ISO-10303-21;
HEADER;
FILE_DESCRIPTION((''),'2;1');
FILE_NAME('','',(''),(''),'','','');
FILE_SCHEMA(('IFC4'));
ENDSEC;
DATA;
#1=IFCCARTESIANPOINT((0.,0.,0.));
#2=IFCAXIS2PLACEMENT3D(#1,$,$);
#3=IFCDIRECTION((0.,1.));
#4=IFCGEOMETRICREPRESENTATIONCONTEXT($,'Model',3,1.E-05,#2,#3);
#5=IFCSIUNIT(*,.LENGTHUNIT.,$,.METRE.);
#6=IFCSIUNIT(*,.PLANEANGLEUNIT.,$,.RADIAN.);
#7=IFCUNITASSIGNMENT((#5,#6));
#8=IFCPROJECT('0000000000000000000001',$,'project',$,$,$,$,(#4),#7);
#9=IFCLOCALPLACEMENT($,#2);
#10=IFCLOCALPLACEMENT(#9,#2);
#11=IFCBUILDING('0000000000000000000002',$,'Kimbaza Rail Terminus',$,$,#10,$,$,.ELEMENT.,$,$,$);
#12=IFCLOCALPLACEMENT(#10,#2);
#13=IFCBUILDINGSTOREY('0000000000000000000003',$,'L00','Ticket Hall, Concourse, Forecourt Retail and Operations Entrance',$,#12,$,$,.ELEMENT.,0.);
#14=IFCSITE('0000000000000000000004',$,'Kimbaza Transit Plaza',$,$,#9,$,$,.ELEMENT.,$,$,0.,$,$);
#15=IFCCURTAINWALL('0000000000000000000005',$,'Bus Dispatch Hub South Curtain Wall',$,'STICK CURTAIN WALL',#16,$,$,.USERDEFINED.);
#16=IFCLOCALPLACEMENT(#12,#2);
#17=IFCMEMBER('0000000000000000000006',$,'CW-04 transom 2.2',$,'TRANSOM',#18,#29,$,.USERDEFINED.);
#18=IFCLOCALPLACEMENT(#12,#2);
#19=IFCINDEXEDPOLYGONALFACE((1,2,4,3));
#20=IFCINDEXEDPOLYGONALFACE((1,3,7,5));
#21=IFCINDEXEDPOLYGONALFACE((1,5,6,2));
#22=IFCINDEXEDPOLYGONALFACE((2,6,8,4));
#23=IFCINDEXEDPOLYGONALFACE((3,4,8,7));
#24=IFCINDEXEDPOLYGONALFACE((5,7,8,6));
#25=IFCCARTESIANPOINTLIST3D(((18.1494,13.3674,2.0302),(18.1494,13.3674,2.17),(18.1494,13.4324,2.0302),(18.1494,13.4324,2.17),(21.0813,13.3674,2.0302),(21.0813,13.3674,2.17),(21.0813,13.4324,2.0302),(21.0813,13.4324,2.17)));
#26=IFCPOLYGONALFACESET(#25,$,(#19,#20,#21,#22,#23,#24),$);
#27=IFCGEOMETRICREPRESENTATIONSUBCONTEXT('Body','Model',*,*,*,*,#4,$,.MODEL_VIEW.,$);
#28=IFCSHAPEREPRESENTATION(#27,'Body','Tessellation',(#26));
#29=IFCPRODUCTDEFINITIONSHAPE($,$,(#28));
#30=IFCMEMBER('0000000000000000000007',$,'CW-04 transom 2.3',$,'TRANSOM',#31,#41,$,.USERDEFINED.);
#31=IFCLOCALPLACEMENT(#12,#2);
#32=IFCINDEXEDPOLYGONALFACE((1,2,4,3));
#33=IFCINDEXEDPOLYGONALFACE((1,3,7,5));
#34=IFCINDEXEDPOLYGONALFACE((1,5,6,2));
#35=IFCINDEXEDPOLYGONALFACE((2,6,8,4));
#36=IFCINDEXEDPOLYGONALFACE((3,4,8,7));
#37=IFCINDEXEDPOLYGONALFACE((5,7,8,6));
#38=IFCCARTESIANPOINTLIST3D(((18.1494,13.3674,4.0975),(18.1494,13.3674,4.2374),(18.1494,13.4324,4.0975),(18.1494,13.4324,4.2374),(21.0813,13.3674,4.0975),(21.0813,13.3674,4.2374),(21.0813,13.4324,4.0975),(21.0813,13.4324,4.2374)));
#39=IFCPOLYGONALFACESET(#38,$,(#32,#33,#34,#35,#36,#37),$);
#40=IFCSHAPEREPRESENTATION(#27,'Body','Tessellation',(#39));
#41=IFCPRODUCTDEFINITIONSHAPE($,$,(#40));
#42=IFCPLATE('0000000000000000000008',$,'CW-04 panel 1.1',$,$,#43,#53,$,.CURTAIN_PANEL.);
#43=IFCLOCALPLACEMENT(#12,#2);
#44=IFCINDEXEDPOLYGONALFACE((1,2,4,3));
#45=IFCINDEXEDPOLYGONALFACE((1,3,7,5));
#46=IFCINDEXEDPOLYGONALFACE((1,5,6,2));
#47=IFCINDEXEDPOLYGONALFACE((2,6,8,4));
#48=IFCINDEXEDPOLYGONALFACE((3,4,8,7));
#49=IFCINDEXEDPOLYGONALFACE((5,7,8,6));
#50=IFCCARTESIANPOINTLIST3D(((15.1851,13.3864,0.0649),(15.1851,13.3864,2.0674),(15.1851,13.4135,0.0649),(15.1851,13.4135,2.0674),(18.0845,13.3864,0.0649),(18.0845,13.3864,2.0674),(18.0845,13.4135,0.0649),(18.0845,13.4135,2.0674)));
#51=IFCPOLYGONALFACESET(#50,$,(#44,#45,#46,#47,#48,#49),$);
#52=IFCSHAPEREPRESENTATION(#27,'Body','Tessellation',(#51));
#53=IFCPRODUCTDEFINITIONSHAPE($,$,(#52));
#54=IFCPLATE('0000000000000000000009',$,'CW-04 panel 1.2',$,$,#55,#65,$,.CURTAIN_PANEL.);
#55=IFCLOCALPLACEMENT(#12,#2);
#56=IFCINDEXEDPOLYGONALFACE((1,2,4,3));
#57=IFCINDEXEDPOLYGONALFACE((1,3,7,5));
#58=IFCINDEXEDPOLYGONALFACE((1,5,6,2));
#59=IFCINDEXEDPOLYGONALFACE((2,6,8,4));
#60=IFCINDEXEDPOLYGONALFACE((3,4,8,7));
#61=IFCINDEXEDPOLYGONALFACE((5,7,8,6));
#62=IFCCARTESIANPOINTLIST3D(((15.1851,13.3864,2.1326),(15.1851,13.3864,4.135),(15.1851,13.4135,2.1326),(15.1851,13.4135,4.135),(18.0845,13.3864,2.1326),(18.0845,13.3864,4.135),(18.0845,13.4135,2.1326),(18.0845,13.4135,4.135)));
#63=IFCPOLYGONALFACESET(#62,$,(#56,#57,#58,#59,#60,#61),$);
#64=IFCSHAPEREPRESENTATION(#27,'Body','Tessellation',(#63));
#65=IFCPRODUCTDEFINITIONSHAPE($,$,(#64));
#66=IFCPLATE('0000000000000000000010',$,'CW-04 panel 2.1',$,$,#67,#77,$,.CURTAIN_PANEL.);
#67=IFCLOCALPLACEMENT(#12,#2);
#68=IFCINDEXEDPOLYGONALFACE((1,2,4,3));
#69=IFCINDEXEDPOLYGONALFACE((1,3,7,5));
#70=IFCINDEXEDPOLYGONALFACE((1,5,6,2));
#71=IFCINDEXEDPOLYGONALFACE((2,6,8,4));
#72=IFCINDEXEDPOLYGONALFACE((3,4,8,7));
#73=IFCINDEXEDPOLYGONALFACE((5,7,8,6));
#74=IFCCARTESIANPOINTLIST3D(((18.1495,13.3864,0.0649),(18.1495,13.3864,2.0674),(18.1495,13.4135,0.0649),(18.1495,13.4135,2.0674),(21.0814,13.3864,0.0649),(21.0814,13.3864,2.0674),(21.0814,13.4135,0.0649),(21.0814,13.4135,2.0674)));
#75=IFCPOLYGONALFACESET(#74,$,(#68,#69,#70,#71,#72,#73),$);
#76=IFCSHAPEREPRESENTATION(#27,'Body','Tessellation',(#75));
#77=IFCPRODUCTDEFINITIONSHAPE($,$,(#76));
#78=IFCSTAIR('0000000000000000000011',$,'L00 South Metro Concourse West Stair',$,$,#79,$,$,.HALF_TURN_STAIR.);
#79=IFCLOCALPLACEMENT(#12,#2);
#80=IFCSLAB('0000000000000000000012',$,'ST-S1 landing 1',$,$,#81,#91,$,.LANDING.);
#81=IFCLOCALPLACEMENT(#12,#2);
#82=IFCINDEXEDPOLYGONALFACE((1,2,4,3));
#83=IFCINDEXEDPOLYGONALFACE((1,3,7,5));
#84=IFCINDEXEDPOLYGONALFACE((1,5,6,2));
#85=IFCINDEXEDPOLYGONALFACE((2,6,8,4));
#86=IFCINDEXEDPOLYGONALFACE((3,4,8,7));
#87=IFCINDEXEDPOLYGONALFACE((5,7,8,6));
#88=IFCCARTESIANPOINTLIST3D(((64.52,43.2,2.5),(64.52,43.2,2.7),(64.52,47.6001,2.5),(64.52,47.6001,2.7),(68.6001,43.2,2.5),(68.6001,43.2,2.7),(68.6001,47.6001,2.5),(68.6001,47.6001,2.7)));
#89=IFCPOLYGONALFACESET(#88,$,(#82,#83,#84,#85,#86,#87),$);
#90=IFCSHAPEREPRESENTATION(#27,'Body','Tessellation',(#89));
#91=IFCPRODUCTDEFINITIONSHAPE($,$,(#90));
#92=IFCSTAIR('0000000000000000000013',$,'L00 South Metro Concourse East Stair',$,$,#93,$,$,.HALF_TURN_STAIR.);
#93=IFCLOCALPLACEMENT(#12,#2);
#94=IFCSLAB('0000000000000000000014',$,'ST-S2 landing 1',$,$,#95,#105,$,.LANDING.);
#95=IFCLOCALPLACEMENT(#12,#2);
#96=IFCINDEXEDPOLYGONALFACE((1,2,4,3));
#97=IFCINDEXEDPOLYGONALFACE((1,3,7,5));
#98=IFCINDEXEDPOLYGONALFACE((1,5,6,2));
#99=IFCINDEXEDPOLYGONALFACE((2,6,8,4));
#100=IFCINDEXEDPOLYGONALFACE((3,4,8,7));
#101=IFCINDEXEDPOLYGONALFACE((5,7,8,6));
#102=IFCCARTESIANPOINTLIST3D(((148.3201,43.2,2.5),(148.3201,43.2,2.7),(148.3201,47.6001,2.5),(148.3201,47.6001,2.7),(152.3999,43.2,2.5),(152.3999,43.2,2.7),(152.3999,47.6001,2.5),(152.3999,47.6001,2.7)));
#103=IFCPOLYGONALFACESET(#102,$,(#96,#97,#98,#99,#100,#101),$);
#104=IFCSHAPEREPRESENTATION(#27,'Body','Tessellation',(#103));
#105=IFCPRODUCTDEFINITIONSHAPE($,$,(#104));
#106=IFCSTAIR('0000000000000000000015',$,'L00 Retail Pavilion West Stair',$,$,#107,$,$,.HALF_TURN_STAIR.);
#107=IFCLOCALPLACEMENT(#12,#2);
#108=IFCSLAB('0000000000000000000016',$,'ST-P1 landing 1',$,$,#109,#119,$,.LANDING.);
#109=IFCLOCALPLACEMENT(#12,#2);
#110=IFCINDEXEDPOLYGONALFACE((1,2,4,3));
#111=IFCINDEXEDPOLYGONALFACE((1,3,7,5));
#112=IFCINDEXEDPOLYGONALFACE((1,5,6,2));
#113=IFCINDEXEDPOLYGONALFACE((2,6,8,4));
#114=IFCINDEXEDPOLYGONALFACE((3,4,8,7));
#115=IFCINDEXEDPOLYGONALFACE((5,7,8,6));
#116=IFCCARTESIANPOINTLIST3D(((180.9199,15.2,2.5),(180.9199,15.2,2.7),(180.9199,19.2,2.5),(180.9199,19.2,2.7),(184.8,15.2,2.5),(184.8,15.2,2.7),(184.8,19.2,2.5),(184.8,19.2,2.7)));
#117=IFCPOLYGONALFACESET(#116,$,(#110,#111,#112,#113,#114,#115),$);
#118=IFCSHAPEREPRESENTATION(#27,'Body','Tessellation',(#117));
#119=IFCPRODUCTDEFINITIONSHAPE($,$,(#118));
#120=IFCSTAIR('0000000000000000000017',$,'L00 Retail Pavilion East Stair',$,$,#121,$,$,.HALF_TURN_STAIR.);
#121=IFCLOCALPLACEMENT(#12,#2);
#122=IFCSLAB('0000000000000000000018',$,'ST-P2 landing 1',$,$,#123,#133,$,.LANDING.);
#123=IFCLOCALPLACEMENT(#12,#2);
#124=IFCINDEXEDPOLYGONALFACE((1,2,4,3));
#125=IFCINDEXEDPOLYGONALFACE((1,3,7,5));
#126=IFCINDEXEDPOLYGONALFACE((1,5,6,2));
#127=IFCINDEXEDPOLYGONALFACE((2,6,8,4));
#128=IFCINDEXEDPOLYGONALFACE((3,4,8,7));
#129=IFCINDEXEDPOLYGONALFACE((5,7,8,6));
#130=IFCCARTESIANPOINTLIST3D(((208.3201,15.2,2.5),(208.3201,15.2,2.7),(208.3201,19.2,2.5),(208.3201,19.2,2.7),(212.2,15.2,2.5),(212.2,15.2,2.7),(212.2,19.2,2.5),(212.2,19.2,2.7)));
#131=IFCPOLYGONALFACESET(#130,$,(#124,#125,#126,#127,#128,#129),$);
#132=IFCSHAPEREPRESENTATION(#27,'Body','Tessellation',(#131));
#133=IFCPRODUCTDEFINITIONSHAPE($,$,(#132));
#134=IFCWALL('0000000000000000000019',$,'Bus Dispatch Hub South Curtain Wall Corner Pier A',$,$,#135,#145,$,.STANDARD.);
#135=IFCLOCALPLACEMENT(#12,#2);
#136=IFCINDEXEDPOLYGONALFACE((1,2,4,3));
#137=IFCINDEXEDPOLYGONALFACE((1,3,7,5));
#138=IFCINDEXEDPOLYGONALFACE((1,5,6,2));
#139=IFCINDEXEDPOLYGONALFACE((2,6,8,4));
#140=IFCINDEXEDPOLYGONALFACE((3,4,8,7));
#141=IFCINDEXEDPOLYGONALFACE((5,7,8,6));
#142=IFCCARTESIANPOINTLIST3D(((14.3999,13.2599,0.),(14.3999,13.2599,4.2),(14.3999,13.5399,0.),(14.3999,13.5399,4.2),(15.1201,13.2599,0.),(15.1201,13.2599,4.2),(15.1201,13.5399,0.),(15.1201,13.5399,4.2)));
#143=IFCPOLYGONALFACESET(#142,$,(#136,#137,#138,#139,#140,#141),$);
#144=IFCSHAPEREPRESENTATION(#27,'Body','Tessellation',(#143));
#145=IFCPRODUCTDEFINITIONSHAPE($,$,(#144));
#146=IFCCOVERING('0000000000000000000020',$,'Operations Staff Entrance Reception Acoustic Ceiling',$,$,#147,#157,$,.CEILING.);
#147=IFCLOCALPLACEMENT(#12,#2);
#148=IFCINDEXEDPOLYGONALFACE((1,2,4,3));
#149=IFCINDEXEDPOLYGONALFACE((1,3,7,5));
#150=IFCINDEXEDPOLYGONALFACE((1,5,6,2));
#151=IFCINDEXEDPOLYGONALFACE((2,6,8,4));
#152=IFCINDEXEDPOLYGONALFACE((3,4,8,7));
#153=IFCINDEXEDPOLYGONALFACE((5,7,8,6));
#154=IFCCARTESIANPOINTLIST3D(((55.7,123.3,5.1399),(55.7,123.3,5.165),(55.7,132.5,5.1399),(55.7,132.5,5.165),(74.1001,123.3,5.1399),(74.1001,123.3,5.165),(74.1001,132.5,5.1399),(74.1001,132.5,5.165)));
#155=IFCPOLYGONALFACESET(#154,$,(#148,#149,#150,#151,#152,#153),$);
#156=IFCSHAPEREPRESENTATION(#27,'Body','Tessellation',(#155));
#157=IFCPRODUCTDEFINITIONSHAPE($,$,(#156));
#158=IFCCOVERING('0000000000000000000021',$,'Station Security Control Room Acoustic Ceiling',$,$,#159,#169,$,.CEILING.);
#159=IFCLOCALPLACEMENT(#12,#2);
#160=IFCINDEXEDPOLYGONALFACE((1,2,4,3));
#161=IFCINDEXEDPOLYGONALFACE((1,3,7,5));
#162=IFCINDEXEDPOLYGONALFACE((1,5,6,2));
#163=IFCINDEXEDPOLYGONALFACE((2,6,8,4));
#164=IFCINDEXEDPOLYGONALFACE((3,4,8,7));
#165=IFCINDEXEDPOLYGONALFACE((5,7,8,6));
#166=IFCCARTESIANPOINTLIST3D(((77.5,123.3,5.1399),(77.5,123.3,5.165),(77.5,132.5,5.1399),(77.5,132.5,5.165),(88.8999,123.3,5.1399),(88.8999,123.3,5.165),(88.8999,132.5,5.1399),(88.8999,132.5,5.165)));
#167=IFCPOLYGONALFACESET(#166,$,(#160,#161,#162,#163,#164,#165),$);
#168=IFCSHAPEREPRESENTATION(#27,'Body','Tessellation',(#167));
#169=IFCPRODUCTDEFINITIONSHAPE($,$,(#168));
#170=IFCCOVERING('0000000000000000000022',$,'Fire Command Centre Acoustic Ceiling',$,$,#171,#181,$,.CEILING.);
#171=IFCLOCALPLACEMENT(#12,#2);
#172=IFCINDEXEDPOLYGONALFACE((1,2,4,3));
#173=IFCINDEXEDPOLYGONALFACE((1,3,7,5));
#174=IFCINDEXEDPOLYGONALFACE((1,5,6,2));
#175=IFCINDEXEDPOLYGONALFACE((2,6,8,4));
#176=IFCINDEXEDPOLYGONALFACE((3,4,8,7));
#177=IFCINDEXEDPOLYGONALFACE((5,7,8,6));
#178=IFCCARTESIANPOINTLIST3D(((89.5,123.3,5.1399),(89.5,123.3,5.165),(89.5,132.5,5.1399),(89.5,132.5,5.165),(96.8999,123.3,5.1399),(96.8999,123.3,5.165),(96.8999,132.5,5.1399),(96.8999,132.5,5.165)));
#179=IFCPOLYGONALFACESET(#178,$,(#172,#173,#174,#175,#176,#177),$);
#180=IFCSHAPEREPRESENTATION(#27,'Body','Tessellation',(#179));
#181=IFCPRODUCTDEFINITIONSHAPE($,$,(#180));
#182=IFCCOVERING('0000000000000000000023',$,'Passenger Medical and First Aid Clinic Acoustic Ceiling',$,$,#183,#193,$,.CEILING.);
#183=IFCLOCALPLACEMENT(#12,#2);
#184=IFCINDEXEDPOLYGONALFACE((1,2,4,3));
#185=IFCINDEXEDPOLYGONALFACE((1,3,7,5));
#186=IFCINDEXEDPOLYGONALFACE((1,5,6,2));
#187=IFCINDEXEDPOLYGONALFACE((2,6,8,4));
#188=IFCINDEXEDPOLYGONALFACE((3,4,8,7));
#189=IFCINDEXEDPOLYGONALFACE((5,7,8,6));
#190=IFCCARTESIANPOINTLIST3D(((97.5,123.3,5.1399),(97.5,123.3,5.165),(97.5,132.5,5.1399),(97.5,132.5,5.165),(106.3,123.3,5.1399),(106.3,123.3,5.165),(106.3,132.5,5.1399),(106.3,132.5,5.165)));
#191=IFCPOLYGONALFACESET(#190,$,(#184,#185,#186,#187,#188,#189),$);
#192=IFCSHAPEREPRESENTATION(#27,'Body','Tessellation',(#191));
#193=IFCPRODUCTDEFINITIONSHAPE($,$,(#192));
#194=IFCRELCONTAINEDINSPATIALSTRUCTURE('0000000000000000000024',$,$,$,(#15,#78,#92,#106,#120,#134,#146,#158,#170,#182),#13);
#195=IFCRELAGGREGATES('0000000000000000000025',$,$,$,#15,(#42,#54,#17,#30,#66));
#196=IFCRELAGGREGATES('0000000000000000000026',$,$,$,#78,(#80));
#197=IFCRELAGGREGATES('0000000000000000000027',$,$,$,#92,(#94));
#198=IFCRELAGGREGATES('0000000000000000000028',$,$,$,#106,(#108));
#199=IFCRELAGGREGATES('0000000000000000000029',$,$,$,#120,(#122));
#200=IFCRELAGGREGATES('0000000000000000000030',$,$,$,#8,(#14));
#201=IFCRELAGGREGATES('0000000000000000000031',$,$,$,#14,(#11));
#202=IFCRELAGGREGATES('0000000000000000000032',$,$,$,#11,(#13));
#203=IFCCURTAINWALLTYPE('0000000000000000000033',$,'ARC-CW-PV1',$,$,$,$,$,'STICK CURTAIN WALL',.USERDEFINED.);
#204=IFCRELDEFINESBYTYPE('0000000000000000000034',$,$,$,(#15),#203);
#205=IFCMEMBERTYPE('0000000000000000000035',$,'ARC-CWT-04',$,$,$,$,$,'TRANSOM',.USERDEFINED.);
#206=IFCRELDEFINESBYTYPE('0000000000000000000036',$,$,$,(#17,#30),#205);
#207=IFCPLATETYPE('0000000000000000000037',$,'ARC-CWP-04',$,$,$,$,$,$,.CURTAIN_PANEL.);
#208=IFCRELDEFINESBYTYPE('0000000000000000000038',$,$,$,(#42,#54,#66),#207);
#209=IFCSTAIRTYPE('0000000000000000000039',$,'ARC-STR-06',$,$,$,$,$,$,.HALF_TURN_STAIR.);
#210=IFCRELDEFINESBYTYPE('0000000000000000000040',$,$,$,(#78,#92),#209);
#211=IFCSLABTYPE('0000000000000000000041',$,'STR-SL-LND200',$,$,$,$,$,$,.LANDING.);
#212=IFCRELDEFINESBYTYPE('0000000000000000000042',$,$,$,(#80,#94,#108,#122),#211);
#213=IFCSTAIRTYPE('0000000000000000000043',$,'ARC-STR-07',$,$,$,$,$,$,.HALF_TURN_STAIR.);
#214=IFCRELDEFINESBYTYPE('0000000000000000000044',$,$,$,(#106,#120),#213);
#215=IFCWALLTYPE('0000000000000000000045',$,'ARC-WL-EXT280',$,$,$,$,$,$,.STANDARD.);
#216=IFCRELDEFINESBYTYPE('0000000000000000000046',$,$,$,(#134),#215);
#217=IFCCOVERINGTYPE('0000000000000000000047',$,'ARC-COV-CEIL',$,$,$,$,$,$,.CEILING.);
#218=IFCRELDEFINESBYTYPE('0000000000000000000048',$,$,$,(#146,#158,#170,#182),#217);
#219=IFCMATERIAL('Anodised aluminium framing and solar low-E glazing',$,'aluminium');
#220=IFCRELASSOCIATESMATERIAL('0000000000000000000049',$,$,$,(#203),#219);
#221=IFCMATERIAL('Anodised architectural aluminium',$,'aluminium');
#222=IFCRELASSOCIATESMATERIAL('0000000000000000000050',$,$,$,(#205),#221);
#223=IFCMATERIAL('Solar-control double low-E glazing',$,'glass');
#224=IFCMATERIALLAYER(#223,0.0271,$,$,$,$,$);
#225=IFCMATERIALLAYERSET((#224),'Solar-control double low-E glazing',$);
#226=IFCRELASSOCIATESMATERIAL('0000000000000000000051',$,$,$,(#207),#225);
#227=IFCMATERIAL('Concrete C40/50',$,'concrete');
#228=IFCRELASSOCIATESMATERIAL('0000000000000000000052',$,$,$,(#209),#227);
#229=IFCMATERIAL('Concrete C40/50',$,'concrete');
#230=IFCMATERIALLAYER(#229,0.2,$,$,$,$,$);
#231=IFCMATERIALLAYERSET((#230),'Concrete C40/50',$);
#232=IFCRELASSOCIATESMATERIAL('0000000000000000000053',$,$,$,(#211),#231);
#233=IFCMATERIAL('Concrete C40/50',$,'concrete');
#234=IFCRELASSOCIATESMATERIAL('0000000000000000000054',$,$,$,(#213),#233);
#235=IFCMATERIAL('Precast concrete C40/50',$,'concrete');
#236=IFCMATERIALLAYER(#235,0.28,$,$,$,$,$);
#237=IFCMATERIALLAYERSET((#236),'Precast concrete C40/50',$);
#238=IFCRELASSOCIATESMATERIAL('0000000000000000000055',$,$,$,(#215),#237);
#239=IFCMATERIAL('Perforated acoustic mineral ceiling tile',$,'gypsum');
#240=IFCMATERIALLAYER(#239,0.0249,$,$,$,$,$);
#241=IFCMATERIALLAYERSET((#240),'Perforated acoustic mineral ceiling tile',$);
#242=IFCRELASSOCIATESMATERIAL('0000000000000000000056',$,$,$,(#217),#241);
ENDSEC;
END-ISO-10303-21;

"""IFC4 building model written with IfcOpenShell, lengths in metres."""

from ifc_helpers import new_model, si_unit, direction, frame, frame_2d, origin, origin_2d, place, context, subcontext, project, spatial, polyline, rectangle, outline, extrude, material, layer, layer_set, material_profile, profile_set, type_object, element, aggregate, save


model = new_model("IFC4")

# Units and contexts
model_context = context("Model", 3, precision=1e-05, world=origin(), true_north=direction((0.0, 1.0)))
body_context = subcontext(model_context, "Body", "Model", "MODEL_VIEW")
ifc_project = project(units=[si_unit("LENGTHUNIT", "METRE"), si_unit("PLANEANGLEUNIT", "RADIAN")], contexts=[model_context])

# Site, building, storey
site_placement = place(None, origin())
site = spatial("IfcSite", under=ifc_project, at=site_placement, Name="Kimbaza Transit Plaza", CompositionType="ELEMENT", RefElevation=0.0)
building_placement = place(site_placement, origin())
building = spatial("IfcBuilding", under=site, at=building_placement, Name="Kimbaza Rail Terminus", CompositionType="ELEMENT")
storey_placement = place(building_placement, origin())
storey = spatial("IfcBuildingStorey", under=building, at=storey_placement, Name="L00", Description="Ticket Hall, Concourse, Forecourt Retail and Operations Entrance", CompositionType="ELEMENT", Elevation=0.0)

# Curtain wall, members, plates
ifc_material_1 = material(Name="Anodised aluminium framing and solar low-E glazing", Category="aluminium")
curtain_wall_type = type_object("IfcCurtainWallType", Name="ARC-CW-PV1", ElementType="STICK CURTAIN WALL", PredefinedType="USERDEFINED", material=ifc_material_1)
curtain_wall_placement = place(storey_placement, origin())
curtain_wall = element("IfcCurtainWall", 1, at=curtain_wall_placement, inside=storey, type_object=curtain_wall_type, Name="Bus Dispatch Hub South Curtain Wall", ObjectType="STICK CURTAIN WALL", PredefinedType="USERDEFINED")
ifc_material_2 = material(Name="Anodised architectural aluminium", Category="aluminium")
ifc_material_profile_1 = material_profile(ifc_material_2, rectangle(XDim=0.0649, YDim=0.1399, at=origin_2d()), Name="TRANSOM 65x140")
ifc_profile_set_1 = profile_set([ifc_material_profile_1], Name="Anodised architectural aluminium")
member_type_1 = type_object("IfcMemberType", Name="ARC-CWT-04", ElementType="TRANSOM", PredefinedType="USERDEFINED", material=ifc_profile_set_1)
member_1_placement = place(storey_placement, frame((18.1494, 13.3999, 2.1001), z_axis=(1.0, 0.0, 0.0), x_axis=(0.0, 1.0, 0.0)))
member_1 = element("IfcMember", 2, at=member_1_placement, type_object=member_type_1, Name="CW-04 transom 2.2", ObjectType="TRANSOM", PredefinedType="USERDEFINED", context=body_context, shape_type="SweptSolid", body=[
    extrude(rectangle(XDim=0.0649, YDim=0.1399, at=origin_2d()), origin(), (0.0, 0.0, 1.0), 2.9319),
])
member_2_placement = place(storey_placement, frame((18.1494, 13.3999, 4.1675), z_axis=(1.0, 0.0, 0.0), x_axis=(0.0, 1.0, 0.0)))
member_2 = element("IfcMember", 3, at=member_2_placement, type_object=member_type_1, Name="CW-04 transom 2.3", ObjectType="TRANSOM", PredefinedType="USERDEFINED", context=body_context, shape_type="SweptSolid", body=[
    extrude(rectangle(XDim=0.0649, YDim=0.1399, at=origin_2d()), origin(), (0.0, 0.0, 1.0), 2.9319),
])
ifc_material_3 = material(Name="Solar-control double low-E glazing", Category="glass")
ifc_layer_1 = layer(ifc_material_3, 0.0271)
ifc_layer_set_1 = layer_set([ifc_layer_1], Name="Solar-control double low-E glazing")
plate_type = type_object("IfcPlateType", Name="ARC-CWP-04", PredefinedType="CURTAIN_PANEL", material=ifc_layer_set_1)
plate_1_placement = place(storey_placement, frame((16.6348, 13.3999, 0.0649), z_axis=(0.0, 0.0, 1.0), x_axis=(1.0, 0.0, 0.0)))
plate_1 = element("IfcPlate", 4, at=plate_1_placement, type_object=plate_type, Name="CW-04 panel 1.1", PredefinedType="CURTAIN_PANEL", context=body_context, shape_type="SweptSolid", body=[
    extrude(rectangle(XDim=2.8994, YDim=0.0271, at=origin_2d()), origin(), (0.0, 0.0, 1.0), 2.0024),
])
plate_2_placement = place(storey_placement, frame((16.6348, 13.3999, 2.1326), z_axis=(0.0, 0.0, 1.0), x_axis=(1.0, 0.0, 0.0)))
plate_2 = element("IfcPlate", 5, at=plate_2_placement, type_object=plate_type, Name="CW-04 panel 1.2", PredefinedType="CURTAIN_PANEL", context=body_context, shape_type="SweptSolid", body=[
    extrude(rectangle(XDim=2.8994, YDim=0.0271, at=origin_2d()), origin(), (0.0, 0.0, 1.0), 2.0024),
])
plate_3_placement = place(storey_placement, frame((19.6155, 13.3999, 0.0649), z_axis=(0.0, 0.0, 1.0), x_axis=(1.0, 0.0, 0.0)))
plate_3 = element("IfcPlate", 6, at=plate_3_placement, type_object=plate_type, Name="CW-04 panel 2.1", PredefinedType="CURTAIN_PANEL", context=body_context, shape_type="SweptSolid", body=[
    extrude(rectangle(XDim=2.9319, YDim=0.0271, at=origin_2d()), origin(), (0.0, 0.0, 1.0), 2.0024),
])
aggregate(curtain_wall, [plate_1, plate_2, member_1, member_2, plate_3])

# Stairs, slabs
ifc_material_4 = material(Name="Concrete C40/50", Category="concrete")
stair_type_1 = type_object("IfcStairType", Name="ARC-STR-06", PredefinedType="HALF_TURN_STAIR", material=ifc_material_4)
stair_1_placement = place(storey_placement, origin())
stair_1 = element("IfcStair", 7, at=stair_1_placement, inside=storey, type_object=stair_type_1, Name="L00 South Metro Concourse West Stair", PredefinedType="HALF_TURN_STAIR")
ifc_material_5 = material(Name="Concrete C40/50", Category="concrete")
ifc_layer_2 = layer(ifc_material_5, 0.2)
ifc_layer_set_2 = layer_set([ifc_layer_2], Name="Concrete C40/50")
slab_type = type_object("IfcSlabType", Name="STR-SL-LND200", PredefinedType="LANDING", material=ifc_layer_set_2)
slab_1_placement = place(storey_placement, frame((0.0, 0.0, 2.5)))
slab_1 = element("IfcSlab", 8, at=slab_1_placement, type_object=slab_type, Name="ST-S1 landing 1", PredefinedType="LANDING", context=body_context, shape_type="SweptSolid", body=[
    extrude(outline(polyline([(64.52, 43.2), (68.6001, 43.2), (68.6001, 47.6001), (64.52, 47.6001), (64.52, 43.2)])), origin(), (0.0, 0.0, 1.0), 0.2),
])
aggregate(stair_1, [slab_1])
stair_2_placement = place(storey_placement, origin())
stair_2 = element("IfcStair", 9, at=stair_2_placement, inside=storey, type_object=stair_type_1, Name="L00 South Metro Concourse East Stair", PredefinedType="HALF_TURN_STAIR")
slab_2_placement = place(storey_placement, frame((0.0, 0.0, 2.5)))
slab_2 = element("IfcSlab", 10, at=slab_2_placement, type_object=slab_type, Name="ST-S2 landing 1", PredefinedType="LANDING", context=body_context, shape_type="SweptSolid", body=[
    extrude(outline(polyline([(148.3201, 43.2), (152.3999, 43.2), (152.3999, 47.6001), (148.3201, 47.6001), (148.3201, 43.2)])), origin(), (0.0, 0.0, 1.0), 0.2),
])
aggregate(stair_2, [slab_2])
ifc_material_6 = material(Name="Concrete C40/50", Category="concrete")
stair_type_2 = type_object("IfcStairType", Name="ARC-STR-07", PredefinedType="HALF_TURN_STAIR", material=ifc_material_6)
stair_3_placement = place(storey_placement, origin())
stair_3 = element("IfcStair", 11, at=stair_3_placement, inside=storey, type_object=stair_type_2, Name="L00 Retail Pavilion West Stair", PredefinedType="HALF_TURN_STAIR")
slab_3_placement = place(storey_placement, frame((0.0, 0.0, 2.5)))
slab_3 = element("IfcSlab", 12, at=slab_3_placement, type_object=slab_type, Name="ST-P1 landing 1", PredefinedType="LANDING", context=body_context, shape_type="SweptSolid", body=[
    extrude(outline(polyline([(180.9199, 15.2), (184.8, 15.2), (184.8, 19.2), (180.9199, 19.2), (180.9199, 15.2)])), origin(), (0.0, 0.0, 1.0), 0.2),
])
aggregate(stair_3, [slab_3])
stair_4_placement = place(storey_placement, origin())
stair_4 = element("IfcStair", 13, at=stair_4_placement, inside=storey, type_object=stair_type_2, Name="L00 Retail Pavilion East Stair", PredefinedType="HALF_TURN_STAIR")
slab_4_placement = place(storey_placement, frame((0.0, 0.0, 2.5)))
slab_4 = element("IfcSlab", 14, at=slab_4_placement, type_object=slab_type, Name="ST-P2 landing 1", PredefinedType="LANDING", context=body_context, shape_type="SweptSolid", body=[
    extrude(outline(polyline([(208.3201, 15.2), (212.2, 15.2), (212.2, 19.2), (208.3201, 19.2), (208.3201, 15.2)])), origin(), (0.0, 0.0, 1.0), 0.2),
])
aggregate(stair_4, [slab_4])

# Wall
ifc_material_7 = material(Name="Precast concrete C40/50", Category="concrete")
ifc_layer_3 = layer(ifc_material_7, 0.28)
ifc_layer_set_3 = layer_set([ifc_layer_3], Name="Precast concrete C40/50")
wall_type = type_object("IfcWallType", Name="ARC-WL-EXT280", PredefinedType="STANDARD", material=ifc_layer_set_3)
wall_placement = place(storey_placement, frame((14.3999, 13.3999, 0.0), z_axis=(0.0, 0.0, 1.0), x_axis=(1.0, 0.0, 0.0)))
element("IfcWall", 15, at=wall_placement, inside=storey, type_object=wall_type, Name="Bus Dispatch Hub South Curtain Wall Corner Pier A", PredefinedType="STANDARD", context=body_context, shape_type="SweptSolid", body=[
    extrude(rectangle(XDim=0.7202, YDim=0.28, at=frame_2d((0.3601, 0.0))), origin(), (0.0, 0.0, 1.0), 4.2),
])

# Coverings
ifc_material_8 = material(Name="Perforated acoustic mineral ceiling tile", Category="gypsum")
ifc_layer_4 = layer(ifc_material_8, 0.0249)
ifc_layer_set_4 = layer_set([ifc_layer_4], Name="Perforated acoustic mineral ceiling tile")
covering_type_1 = type_object("IfcCoveringType", Name="ARC-COV-CEIL", PredefinedType="CEILING", material=ifc_layer_set_4)
covering_1_placement = place(storey_placement, frame((0.0, 0.0, 5.1399)))
element("IfcCovering", 16, at=covering_1_placement, inside=storey, type_object=covering_type_1, Name="Operations Staff Entrance Reception Acoustic Ceiling", PredefinedType="CEILING", context=body_context, shape_type="SweptSolid", body=[
    extrude(outline(polyline([(55.7, 123.3), (74.1001, 123.3), (74.1001, 132.5), (55.7, 132.5), (55.7, 123.3)])), origin(), (0.0, 0.0, 1.0), 0.0251),
])
covering_2_placement = place(storey_placement, frame((0.0, 0.0, 5.1399)))
element("IfcCovering", 17, at=covering_2_placement, inside=storey, type_object=covering_type_1, Name="Station Security Control Room Acoustic Ceiling", PredefinedType="CEILING", context=body_context, shape_type="SweptSolid", body=[
    extrude(outline(polyline([(77.5, 123.3), (88.8999, 123.3), (88.8999, 132.5), (77.5, 132.5), (77.5, 123.3)])), origin(), (0.0, 0.0, 1.0), 0.0251),
])
covering_3_placement = place(storey_placement, frame((0.0, 0.0, 5.1399)))
element("IfcCovering", 18, at=covering_3_placement, inside=storey, type_object=covering_type_1, Name="Fire Command Centre Acoustic Ceiling", PredefinedType="CEILING", context=body_context, shape_type="SweptSolid", body=[
    extrude(outline(polyline([(89.5, 123.3), (96.8999, 123.3), (96.8999, 132.5), (89.5, 132.5), (89.5, 123.3)])), origin(), (0.0, 0.0, 1.0), 0.0251),
])
covering_4_placement = place(storey_placement, frame((0.0, 0.0, 5.1399)))
element("IfcCovering", 19, at=covering_4_placement, inside=storey, type_object=covering_type_1, Name="Passenger Medical and First Aid Clinic Acoustic Ceiling", PredefinedType="CEILING", context=body_context, shape_type="SweptSolid", body=[
    extrude(outline(polyline([(97.5, 123.3), (106.3, 123.3), (106.3, 132.5), (97.5, 132.5), (97.5, 123.3)])), origin(), (0.0, 0.0, 1.0), 0.0251),
])

save(model, "model.ifc")
